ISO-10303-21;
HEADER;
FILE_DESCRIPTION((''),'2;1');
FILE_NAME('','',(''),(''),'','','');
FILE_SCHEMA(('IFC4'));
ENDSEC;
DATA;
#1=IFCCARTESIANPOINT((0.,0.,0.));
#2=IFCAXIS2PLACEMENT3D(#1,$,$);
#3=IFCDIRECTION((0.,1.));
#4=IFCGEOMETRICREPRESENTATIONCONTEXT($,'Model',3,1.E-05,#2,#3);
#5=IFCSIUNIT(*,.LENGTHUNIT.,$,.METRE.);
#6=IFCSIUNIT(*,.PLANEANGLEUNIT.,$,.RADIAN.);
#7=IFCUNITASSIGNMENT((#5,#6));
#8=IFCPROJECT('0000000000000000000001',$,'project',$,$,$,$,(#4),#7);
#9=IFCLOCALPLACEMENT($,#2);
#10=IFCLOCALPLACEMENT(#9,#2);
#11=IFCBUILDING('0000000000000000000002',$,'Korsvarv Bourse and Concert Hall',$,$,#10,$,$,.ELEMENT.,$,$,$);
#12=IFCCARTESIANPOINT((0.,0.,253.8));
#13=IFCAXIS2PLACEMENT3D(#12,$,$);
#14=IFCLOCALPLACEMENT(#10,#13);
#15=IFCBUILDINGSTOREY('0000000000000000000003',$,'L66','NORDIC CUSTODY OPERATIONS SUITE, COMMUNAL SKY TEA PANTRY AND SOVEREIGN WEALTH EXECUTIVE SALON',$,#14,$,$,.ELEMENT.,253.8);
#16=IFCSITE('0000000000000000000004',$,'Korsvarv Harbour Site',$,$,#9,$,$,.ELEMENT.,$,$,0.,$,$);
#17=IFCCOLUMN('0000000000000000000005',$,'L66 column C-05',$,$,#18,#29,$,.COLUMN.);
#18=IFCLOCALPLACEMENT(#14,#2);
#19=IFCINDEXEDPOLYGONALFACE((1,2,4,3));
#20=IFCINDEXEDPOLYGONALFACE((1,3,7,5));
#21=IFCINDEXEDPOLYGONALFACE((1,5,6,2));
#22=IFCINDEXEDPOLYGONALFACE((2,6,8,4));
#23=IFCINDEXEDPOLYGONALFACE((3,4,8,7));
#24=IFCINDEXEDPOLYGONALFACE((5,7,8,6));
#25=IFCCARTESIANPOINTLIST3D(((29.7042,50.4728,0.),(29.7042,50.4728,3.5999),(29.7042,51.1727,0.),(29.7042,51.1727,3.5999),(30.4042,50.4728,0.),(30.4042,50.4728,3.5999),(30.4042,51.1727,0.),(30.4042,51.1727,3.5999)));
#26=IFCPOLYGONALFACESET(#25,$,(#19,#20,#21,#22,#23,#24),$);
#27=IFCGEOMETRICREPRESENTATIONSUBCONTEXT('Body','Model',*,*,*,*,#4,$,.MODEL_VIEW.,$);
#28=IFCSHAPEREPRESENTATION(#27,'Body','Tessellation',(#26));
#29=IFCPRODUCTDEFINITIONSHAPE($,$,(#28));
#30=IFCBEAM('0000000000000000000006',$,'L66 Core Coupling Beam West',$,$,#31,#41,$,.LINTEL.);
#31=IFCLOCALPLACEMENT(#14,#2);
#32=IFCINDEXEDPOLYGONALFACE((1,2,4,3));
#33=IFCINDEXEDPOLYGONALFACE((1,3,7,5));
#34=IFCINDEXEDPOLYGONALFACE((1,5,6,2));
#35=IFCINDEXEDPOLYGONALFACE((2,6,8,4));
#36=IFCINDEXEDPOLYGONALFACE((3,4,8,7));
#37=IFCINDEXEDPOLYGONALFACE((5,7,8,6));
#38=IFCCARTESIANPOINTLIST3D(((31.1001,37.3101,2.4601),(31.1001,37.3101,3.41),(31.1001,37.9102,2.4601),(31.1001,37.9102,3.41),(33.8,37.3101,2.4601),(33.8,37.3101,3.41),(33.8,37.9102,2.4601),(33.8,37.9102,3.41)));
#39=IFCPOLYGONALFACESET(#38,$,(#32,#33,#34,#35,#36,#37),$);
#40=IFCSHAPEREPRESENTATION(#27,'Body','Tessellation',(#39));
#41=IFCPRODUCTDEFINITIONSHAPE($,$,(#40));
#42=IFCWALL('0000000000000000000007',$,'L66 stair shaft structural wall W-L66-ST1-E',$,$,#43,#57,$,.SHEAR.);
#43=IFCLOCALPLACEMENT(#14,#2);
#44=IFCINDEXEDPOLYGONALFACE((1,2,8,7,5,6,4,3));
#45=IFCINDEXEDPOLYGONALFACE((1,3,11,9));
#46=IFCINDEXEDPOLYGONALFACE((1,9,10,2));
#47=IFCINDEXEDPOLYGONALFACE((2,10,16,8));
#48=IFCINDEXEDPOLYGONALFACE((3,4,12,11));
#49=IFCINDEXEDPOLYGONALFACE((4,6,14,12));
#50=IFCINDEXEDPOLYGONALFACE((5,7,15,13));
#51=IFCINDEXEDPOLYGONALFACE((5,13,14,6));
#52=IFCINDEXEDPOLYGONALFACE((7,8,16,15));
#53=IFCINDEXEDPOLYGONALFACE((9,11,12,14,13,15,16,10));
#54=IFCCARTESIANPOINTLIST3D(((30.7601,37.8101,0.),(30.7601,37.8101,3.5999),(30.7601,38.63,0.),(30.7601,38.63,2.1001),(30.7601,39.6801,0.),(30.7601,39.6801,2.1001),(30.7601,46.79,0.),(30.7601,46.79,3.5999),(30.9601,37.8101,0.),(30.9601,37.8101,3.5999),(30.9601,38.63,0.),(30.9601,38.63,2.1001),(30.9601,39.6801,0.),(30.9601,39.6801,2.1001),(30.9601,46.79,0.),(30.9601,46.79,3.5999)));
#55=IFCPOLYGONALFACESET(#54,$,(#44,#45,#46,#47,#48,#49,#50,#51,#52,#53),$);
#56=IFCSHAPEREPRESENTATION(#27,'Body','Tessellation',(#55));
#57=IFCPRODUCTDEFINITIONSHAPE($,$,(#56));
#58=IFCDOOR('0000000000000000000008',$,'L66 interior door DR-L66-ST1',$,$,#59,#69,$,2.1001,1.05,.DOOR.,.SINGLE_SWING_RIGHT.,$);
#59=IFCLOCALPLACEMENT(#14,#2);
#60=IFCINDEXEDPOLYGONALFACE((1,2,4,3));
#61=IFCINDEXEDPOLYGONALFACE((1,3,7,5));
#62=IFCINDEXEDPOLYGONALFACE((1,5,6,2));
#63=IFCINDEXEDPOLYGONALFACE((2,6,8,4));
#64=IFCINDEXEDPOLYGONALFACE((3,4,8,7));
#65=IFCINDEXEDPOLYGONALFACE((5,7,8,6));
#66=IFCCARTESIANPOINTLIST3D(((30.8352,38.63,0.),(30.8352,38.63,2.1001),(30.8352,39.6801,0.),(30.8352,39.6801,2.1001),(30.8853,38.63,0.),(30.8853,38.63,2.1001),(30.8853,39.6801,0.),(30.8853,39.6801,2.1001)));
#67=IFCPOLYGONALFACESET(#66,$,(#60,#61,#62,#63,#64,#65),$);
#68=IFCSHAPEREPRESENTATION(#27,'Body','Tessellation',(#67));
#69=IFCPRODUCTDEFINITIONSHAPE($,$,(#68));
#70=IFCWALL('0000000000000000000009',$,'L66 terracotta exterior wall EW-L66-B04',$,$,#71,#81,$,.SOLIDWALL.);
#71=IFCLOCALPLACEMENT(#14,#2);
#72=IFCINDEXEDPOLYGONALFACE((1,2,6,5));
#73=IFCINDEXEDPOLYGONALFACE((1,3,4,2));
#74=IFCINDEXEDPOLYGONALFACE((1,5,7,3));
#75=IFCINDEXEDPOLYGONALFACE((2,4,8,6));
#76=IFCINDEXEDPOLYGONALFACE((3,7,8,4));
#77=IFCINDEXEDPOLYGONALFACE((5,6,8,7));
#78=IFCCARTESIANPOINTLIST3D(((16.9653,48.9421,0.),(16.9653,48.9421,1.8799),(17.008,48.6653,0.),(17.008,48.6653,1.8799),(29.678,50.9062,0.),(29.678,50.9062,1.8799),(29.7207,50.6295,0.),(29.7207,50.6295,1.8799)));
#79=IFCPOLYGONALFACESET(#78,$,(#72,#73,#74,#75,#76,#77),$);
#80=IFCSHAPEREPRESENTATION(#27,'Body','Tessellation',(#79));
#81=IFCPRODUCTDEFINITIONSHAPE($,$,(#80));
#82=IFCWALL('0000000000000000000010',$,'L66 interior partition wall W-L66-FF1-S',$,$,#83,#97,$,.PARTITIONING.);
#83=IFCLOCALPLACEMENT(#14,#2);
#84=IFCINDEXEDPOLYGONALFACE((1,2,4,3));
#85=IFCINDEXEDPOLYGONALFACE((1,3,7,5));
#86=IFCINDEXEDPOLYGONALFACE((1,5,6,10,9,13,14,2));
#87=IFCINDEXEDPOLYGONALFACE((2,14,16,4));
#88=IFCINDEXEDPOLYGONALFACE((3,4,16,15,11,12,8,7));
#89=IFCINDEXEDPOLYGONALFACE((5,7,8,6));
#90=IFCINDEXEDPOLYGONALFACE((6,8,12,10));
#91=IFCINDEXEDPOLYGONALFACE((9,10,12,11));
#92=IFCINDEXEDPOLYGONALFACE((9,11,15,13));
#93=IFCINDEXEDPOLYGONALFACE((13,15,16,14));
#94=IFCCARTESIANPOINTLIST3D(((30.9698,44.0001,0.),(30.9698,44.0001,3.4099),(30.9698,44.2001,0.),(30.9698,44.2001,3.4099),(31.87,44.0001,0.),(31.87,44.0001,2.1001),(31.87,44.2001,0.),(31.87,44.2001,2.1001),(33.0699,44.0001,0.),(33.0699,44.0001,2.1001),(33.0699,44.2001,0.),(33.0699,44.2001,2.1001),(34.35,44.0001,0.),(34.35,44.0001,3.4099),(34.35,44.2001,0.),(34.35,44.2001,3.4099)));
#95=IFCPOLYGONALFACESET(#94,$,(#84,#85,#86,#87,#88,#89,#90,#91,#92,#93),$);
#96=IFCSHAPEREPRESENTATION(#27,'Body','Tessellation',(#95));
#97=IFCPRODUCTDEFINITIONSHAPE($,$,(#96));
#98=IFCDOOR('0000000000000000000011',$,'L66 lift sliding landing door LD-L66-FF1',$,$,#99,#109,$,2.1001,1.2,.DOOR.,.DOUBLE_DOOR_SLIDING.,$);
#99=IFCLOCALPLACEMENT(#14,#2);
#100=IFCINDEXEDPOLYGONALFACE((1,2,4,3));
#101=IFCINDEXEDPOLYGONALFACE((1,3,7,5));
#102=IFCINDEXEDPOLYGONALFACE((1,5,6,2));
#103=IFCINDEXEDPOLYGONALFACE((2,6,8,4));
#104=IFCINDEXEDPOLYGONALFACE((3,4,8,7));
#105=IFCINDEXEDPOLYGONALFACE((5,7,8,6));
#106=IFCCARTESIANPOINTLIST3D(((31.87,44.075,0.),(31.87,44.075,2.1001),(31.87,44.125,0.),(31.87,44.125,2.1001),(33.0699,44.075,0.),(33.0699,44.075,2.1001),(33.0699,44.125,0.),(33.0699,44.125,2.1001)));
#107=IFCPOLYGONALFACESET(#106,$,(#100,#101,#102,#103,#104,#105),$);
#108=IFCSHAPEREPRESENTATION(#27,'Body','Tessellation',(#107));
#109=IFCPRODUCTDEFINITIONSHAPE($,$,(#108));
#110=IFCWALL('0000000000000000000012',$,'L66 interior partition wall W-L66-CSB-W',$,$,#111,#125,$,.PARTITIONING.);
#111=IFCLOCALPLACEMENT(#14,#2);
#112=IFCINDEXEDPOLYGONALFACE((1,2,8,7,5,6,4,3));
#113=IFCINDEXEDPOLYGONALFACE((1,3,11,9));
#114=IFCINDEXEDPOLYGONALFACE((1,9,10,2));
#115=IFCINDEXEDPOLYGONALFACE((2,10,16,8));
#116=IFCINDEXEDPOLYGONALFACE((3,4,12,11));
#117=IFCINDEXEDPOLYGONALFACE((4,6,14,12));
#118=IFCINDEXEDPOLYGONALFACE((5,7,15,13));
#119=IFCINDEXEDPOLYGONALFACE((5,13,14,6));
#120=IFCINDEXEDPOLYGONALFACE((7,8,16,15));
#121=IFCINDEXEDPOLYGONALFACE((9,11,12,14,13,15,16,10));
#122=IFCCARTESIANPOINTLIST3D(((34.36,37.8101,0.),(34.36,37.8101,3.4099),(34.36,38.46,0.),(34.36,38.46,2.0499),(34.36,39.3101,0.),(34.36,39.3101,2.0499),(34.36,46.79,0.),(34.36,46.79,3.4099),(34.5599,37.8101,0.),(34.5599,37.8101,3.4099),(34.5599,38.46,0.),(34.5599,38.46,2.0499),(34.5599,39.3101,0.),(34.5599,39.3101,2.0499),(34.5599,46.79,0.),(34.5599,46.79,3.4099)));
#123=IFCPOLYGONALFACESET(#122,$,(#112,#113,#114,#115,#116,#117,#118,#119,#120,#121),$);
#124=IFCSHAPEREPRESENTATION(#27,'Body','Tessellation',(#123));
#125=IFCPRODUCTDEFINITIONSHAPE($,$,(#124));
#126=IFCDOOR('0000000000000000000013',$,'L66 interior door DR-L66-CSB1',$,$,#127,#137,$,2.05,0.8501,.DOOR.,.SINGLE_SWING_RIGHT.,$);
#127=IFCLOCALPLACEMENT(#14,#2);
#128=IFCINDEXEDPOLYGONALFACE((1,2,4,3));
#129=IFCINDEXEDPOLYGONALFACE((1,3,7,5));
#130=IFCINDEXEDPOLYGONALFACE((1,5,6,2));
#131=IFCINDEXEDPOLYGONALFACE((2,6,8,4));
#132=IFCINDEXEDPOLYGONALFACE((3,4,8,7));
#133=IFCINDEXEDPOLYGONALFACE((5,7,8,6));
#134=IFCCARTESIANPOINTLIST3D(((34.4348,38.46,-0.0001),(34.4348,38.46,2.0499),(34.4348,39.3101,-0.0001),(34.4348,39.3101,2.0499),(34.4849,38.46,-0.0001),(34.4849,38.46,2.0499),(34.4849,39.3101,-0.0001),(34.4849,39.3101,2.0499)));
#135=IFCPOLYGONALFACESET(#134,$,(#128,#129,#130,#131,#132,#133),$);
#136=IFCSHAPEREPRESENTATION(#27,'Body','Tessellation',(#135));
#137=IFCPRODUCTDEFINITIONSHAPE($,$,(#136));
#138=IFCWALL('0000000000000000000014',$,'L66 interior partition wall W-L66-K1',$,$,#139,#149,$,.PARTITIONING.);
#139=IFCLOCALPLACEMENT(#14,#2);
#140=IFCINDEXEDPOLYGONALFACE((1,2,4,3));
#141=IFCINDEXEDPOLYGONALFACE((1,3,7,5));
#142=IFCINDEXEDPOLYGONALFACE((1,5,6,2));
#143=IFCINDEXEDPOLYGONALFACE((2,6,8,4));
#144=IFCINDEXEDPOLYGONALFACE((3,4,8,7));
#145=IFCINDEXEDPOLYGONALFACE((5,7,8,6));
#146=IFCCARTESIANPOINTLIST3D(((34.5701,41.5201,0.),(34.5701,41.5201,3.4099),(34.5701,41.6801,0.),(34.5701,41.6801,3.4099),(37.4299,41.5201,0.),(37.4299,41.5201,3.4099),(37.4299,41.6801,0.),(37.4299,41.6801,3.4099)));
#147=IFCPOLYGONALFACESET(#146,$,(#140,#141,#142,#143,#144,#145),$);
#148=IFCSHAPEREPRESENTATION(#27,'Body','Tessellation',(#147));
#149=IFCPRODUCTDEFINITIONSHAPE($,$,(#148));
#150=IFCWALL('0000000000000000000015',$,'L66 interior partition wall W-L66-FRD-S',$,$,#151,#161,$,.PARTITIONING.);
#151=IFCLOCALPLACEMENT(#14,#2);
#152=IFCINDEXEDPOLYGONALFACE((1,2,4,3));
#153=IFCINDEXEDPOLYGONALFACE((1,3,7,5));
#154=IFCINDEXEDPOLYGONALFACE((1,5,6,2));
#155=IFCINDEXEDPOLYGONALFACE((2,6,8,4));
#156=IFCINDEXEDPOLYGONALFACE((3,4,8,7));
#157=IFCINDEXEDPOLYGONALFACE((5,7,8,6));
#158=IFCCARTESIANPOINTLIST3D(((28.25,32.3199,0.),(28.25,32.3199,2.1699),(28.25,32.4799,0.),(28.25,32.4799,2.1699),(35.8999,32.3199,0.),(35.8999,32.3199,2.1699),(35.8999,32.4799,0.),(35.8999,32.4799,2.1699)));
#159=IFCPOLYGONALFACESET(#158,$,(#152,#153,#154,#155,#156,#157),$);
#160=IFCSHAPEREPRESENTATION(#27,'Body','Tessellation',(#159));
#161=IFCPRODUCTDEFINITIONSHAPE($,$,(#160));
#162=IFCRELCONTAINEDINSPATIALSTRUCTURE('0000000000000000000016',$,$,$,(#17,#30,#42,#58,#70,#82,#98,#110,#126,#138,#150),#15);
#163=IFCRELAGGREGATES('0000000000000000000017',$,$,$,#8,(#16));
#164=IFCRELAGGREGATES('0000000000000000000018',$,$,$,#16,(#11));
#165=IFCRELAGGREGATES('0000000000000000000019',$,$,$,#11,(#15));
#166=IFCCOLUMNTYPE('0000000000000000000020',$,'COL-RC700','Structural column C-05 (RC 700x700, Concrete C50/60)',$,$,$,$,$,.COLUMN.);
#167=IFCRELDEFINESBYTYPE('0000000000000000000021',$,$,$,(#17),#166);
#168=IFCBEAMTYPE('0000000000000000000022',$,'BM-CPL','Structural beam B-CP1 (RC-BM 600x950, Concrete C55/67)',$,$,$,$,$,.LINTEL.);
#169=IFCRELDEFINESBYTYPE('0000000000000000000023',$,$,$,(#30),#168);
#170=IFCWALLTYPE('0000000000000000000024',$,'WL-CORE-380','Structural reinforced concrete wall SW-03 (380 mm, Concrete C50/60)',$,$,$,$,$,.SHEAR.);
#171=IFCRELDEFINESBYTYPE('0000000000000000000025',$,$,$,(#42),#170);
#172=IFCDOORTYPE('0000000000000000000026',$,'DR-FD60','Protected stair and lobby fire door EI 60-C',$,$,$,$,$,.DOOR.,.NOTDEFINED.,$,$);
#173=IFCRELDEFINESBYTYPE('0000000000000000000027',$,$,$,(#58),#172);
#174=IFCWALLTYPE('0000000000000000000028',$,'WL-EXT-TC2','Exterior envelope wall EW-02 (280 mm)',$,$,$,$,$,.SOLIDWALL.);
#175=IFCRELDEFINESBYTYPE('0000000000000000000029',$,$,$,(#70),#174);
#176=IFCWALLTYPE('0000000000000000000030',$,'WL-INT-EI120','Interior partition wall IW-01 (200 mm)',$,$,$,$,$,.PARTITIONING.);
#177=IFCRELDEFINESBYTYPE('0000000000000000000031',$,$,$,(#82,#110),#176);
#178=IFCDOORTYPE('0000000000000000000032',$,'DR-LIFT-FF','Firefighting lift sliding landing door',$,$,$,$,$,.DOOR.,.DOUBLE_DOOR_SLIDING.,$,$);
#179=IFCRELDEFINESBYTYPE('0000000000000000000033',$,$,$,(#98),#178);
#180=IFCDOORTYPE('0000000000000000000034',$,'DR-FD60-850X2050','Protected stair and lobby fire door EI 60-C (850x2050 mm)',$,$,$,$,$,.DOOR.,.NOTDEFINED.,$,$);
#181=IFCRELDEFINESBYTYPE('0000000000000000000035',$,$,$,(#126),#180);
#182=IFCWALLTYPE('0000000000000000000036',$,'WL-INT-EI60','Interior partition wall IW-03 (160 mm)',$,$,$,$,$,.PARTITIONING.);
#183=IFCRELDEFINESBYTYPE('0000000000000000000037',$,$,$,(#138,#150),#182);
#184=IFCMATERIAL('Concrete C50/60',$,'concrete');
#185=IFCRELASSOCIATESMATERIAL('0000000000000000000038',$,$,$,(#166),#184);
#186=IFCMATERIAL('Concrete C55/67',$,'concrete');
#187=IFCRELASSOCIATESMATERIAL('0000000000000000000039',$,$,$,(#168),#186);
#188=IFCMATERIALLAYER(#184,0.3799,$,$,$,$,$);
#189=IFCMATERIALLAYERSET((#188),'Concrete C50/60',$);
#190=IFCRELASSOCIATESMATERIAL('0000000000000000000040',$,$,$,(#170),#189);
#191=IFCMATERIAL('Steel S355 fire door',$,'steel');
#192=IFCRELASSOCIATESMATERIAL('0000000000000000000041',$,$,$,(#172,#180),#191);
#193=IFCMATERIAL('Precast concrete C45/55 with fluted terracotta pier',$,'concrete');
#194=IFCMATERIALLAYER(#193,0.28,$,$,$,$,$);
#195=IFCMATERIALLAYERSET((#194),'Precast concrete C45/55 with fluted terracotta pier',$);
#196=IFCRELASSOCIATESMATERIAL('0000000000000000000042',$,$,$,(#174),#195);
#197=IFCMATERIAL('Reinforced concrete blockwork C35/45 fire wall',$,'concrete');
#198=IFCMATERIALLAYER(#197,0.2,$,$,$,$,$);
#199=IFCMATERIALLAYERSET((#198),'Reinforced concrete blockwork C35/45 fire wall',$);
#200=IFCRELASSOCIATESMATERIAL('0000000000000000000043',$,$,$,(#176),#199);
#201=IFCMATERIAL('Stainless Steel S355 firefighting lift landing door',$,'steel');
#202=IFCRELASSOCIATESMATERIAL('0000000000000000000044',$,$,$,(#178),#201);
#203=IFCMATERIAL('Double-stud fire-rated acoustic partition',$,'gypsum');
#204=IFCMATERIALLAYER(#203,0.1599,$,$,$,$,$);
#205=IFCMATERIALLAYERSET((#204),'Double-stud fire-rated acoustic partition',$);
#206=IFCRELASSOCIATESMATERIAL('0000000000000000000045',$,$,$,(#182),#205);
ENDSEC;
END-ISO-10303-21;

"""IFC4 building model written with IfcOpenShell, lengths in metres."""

from ifc_helpers import new_model, si_unit, direction, frame, frame_2d, origin, origin_2d, place, context, subcontext, project, spatial, rectangle, extrude, source, transform, mapped, material, layer, layer_set, material_profile, profile_set, type_object, element, fill, save


model = new_model("IFC4")

# Units and contexts
model_context = context("Model", 3, precision=1e-05, world=origin(), true_north=direction((0.0, 1.0)))
body_context = subcontext(model_context, "Body", "Model", "MODEL_VIEW")
ifc_project = project(units=[si_unit("LENGTHUNIT", "METRE"), si_unit("PLANEANGLEUNIT", "RADIAN")], contexts=[model_context])

# Site, building, storey
site_placement = place(None, origin())
site = spatial("IfcSite", under=ifc_project, at=site_placement, Name="Korsvarv Harbour Site", CompositionType="ELEMENT", RefElevation=0.0)
building_placement = place(site_placement, origin())
building = spatial("IfcBuilding", under=site, at=building_placement, Name="Korsvarv Bourse and Concert Hall", CompositionType="ELEMENT")
storey_placement = place(building_placement, frame((0.0, 0.0, 253.8)))
storey = spatial("IfcBuildingStorey", under=building, at=storey_placement, Name="L66", Description="NORDIC CUSTODY OPERATIONS SUITE, COMMUNAL SKY TEA PANTRY AND SOVEREIGN WEALTH EXECUTIVE SALON", CompositionType="ELEMENT", Elevation=253.8)

# Column
ifc_material_1 = material(Name="Concrete C50/60", Category="concrete")
ifc_material_profile_1 = material_profile(ifc_material_1, rectangle(XDim=0.7, YDim=0.7, at=origin_2d()), Name="RC 700x700")
ifc_profile_set_1 = profile_set([ifc_material_profile_1], Name="Concrete C50/60")
column_type = type_object("IfcColumnType", Name="COL-RC700", Description="Structural column C-05 (RC 700x700, Concrete C50/60)", PredefinedType="COLUMN", material=ifc_profile_set_1)
shared_shape_1 = source(origin(), body_context, "Body", "SweptSolid", [
    extrude(rectangle(XDim=0.7, YDim=0.7, at=origin_2d()), origin(), (0.0, 0.0, 1.0), 3.5999),
])
column_placement = place(storey_placement, frame((30.0542, 50.8228, 0.0), z_axis=(0.0, 0.0, 1.0), x_axis=(1.0, 0.0, 0.0)))
element("IfcColumn", 1, at=column_placement, inside=storey, type_object=column_type, Name="L66 column C-05", PredefinedType="COLUMN", context=body_context, shape_type="MappedRepresentation", body=[
    mapped(shared_shape_1, transform((0.0, 0.0, 0.0), scale=1.0)),
])

# Beam
ifc_material_2 = material(Name="Concrete C55/67", Category="concrete")
ifc_material_profile_2 = material_profile(ifc_material_2, rectangle(XDim=0.6001, YDim=0.95, at=origin_2d()), Name="RC-BM 600x950")
ifc_profile_set_2 = profile_set([ifc_material_profile_2], Name="Concrete C55/67")
beam_type = type_object("IfcBeamType", Name="BM-CPL", Description="Structural beam B-CP1 (RC-BM 600x950, Concrete C55/67)", PredefinedType="LINTEL", material=ifc_profile_set_2)
shared_shape_2 = source(origin(), body_context, "Body", "SweptSolid", [
    extrude(rectangle(XDim=0.6001, YDim=0.95, at=origin_2d()), origin(), (0.0, 0.0, 1.0), 2.7),
])
beam_placement = place(storey_placement, frame((31.1001, 37.6101, 2.9351), z_axis=(1.0, 0.0, 0.0), x_axis=(0.0, 1.0, 0.0)))
element("IfcBeam", 2, at=beam_placement, inside=storey, type_object=beam_type, Name="L66 Core Coupling Beam West", PredefinedType="LINTEL", context=body_context, shape_type="MappedRepresentation", body=[
    mapped(shared_shape_2, transform((0.0, 0.0, 0.0), scale=1.0)),
])

# Wall, opening, door
ifc_layer_1 = layer(ifc_material_1, 0.3799)
ifc_layer_set_1 = layer_set([ifc_layer_1], Name="Concrete C50/60")
wall_type_1 = type_object("IfcWallType", Name="WL-CORE-380", Description="Structural reinforced concrete wall SW-03 (380 mm, Concrete C50/60)", PredefinedType="SHEAR", material=ifc_layer_set_1)
wall_1_placement = place(storey_placement, frame((30.8601, 37.8101, 0.0), z_axis=(0.0, 0.0, 1.0), x_axis=(0.0, 1.0, 0.0)))
wall_1 = element("IfcWall", 3, at=wall_1_placement, inside=storey, type_object=wall_type_1, Name="L66 stair shaft structural wall W-L66-ST1-E", PredefinedType="SHEAR", context=body_context, shape_type="SweptSolid", body=[
    extrude(rectangle(XDim=8.98, YDim=0.2, at=frame_2d((4.49, 0.0))), origin(), (0.0, 0.0, 1.0), 3.5999),
])
opening_1_placement = place(wall_1_placement, frame((0.8201, 0.0, 0.0)))
opening_1 = element("IfcOpeningElement", 4, at=opening_1_placement, cuts=wall_1, PredefinedType="OPENING", context=body_context, shape_type="SweptSolid", body=[
    extrude(rectangle(XDim=1.05, YDim=2.1001, at=frame_2d((0.5249, 1.05))), frame((0.0, 0.1099, 0.0), z_axis=(0.0, -1.0, 0.0), x_axis=(1.0, 0.0, 0.0)), (0.0, 0.0, 1.0), 0.22),
])
ifc_material_3 = material(Name="Steel S355 fire door", Category="steel")
door_type_1 = type_object("IfcDoorType", Name="DR-FD60", Description="Protected stair and lobby fire door EI 60-C", OperationType="NOTDEFINED", PredefinedType="DOOR", material=ifc_material_3)
door_1_placement = place(opening_1_placement, origin())
door_1 = element("IfcDoor", 5, at=door_1_placement, inside=storey, type_object=door_type_1, Name="L66 interior door DR-L66-ST1", OperationType="SINGLE_SWING_RIGHT", OverallHeight=2.1001, OverallWidth=1.05, PredefinedType="DOOR", context=body_context, shape_type="SweptSolid", body=[
    extrude(rectangle(XDim=1.05, YDim=2.1001, at=frame_2d((0.5249, 1.05))), frame((0.0, 0.0249, 0.0), z_axis=(0.0, -1.0, 0.0), x_axis=(1.0, 0.0, 0.0)), (0.0, 0.0, 1.0), 0.05),
])
fill(opening_1, door_1)

# Wall
ifc_material_4 = material(Name="Precast concrete C45/55 with fluted terracotta pier", Category="concrete")
ifc_layer_2 = layer(ifc_material_4, 0.28)
ifc_layer_set_2 = layer_set([ifc_layer_2], Name="Precast concrete C45/55 with fluted terracotta pier")
wall_type_2 = type_object("IfcWallType", Name="WL-EXT-TC2", Description="Exterior envelope wall EW-02 (280 mm)", PredefinedType="SOLIDWALL", material=ifc_layer_set_2)
wall_2_placement = place(storey_placement, frame((29.6992, 50.7678, 0.0), z_axis=(0.0, 0.0, 1.0), x_axis=(-0.988274, -0.152689, 0.0)))
element("IfcWall", 6, at=wall_2_placement, inside=storey, type_object=wall_type_2, Name="L66 terracotta exterior wall EW-L66-B04", PredefinedType="SOLIDWALL", context=body_context, shape_type="SweptSolid", body=[
    extrude(rectangle(XDim=12.8635, YDim=0.28, at=frame_2d((6.4316, 0.0))), origin(), (0.0, 0.0, 1.0), 1.8799),
])

# Walls, openings, doors
ifc_material_5 = material(Name="Reinforced concrete blockwork C35/45 fire wall", Category="concrete")
ifc_layer_3 = layer(ifc_material_5, 0.2)
ifc_layer_set_3 = layer_set([ifc_layer_3], Name="Reinforced concrete blockwork C35/45 fire wall")
wall_type_3 = type_object("IfcWallType", Name="WL-INT-EI120", Description="Interior partition wall IW-01 (200 mm)", PredefinedType="PARTITIONING", material=ifc_layer_set_3)
wall_3_placement = place(storey_placement, frame((30.97, 44.1001, 0.0), z_axis=(0.0, 0.0, 1.0), x_axis=(1.0, 0.0, 0.0)))
wall_3 = element("IfcWall", 7, at=wall_3_placement, inside=storey, type_object=wall_type_3, Name="L66 interior partition wall W-L66-FF1-S", PredefinedType="PARTITIONING", context=body_context, shape_type="SweptSolid", body=[
    extrude(rectangle(XDim=3.3801, YDim=0.2, at=frame_2d((1.6899, 0.0))), origin(), (0.0, 0.0, 1.0), 3.4099),
])
opening_2_placement = place(wall_3_placement, frame((0.8999, 0.0, 0.0)))
opening_2 = element("IfcOpeningElement", 8, at=opening_2_placement, cuts=wall_3, PredefinedType="OPENING", context=body_context, shape_type="SweptSolid", body=[
    extrude(rectangle(XDim=1.2, YDim=2.1001, at=frame_2d((0.6001, 1.05))), frame((0.0, 0.1099, 0.0), z_axis=(0.0, -1.0, 0.0), x_axis=(1.0, 0.0, 0.0)), (0.0, 0.0, 1.0), 0.22),
])
ifc_material_6 = material(Name="Stainless Steel S355 firefighting lift landing door", Category="steel")
door_type_2 = type_object("IfcDoorType", Name="DR-LIFT-FF", Description="Firefighting lift sliding landing door", OperationType="DOUBLE_DOOR_SLIDING", PredefinedType="DOOR", material=ifc_material_6)
door_2_placement = place(opening_2_placement, origin())
door_2 = element("IfcDoor", 9, at=door_2_placement, inside=storey, type_object=door_type_2, Name="L66 lift sliding landing door LD-L66-FF1", OperationType="DOUBLE_DOOR_SLIDING", OverallHeight=2.1001, OverallWidth=1.2, PredefinedType="DOOR", context=body_context, shape_type="SweptSolid", body=[
    extrude(rectangle(XDim=1.2, YDim=2.1001, at=frame_2d((0.6001, 1.05))), frame((0.0, 0.0249, 0.0), z_axis=(0.0, -1.0, 0.0), x_axis=(1.0, 0.0, 0.0)), (0.0, 0.0, 1.0), 0.05),
])
fill(opening_2, door_2)
wall_4_placement = place(storey_placement, frame((34.46, 37.8101, 0.0), z_axis=(0.0, 0.0, 1.0), x_axis=(0.0, 1.0, 0.0)))
wall_4 = element("IfcWall", 10, at=wall_4_placement, inside=storey, type_object=wall_type_3, Name="L66 interior partition wall W-L66-CSB-W", PredefinedType="PARTITIONING", context=body_context, shape_type="SweptSolid", body=[
    extrude(rectangle(XDim=8.98, YDim=0.2, at=frame_2d((4.49, 0.0))), origin(), (0.0, 0.0, 1.0), 3.4099),
])
opening_3_placement = place(wall_4_placement, frame((0.6499, 0.0, 0.0)))
opening_3 = element("IfcOpeningElement", 11, at=opening_3_placement, cuts=wall_4, PredefinedType="OPENING", context=body_context, shape_type="SweptSolid", body=[
    extrude(rectangle(XDim=0.8501, YDim=2.05, at=frame_2d((0.425, 1.0249))), frame((0.0, 0.1099, 0.0), z_axis=(0.0, -1.0, 0.0), x_axis=(1.0, 0.0, 0.0)), (0.0, 0.0, 1.0), 0.22),
])
door_type_3 = type_object("IfcDoorType", Name="DR-FD60-850X2050", Description="Protected stair and lobby fire door EI 60-C (850x2050 mm)", OperationType="NOTDEFINED", PredefinedType="DOOR", material=ifc_material_3)
door_3_placement = place(opening_3_placement, frame((0.8501, 0.0, 0.0), z_axis=(0.0, 0.0, 1.0), x_axis=(-1.0, 0.0, 0.0)))
door_3 = element("IfcDoor", 12, at=door_3_placement, inside=storey, type_object=door_type_3, Name="L66 interior door DR-L66-CSB1", OperationType="SINGLE_SWING_RIGHT", OverallHeight=2.05, OverallWidth=0.8501, PredefinedType="DOOR", context=body_context, shape_type="SweptSolid", body=[
    extrude(rectangle(XDim=0.8501, YDim=2.05, at=frame_2d((0.425, 1.0249))), frame((0.0, 0.0249, 0.0), z_axis=(0.0, -1.0, 0.0), x_axis=(1.0, 0.0, 0.0)), (0.0, 0.0, 1.0), 0.05),
])
fill(opening_3, door_3)

# Walls
ifc_material_7 = material(Name="Double-stud fire-rated acoustic partition", Category="gypsum")
ifc_layer_4 = layer(ifc_material_7, 0.1599)
ifc_layer_set_4 = layer_set([ifc_layer_4], Name="Double-stud fire-rated acoustic partition")
wall_type_4 = type_object("IfcWallType", Name="WL-INT-EI60", Description="Interior partition wall IW-03 (160 mm)", PredefinedType="PARTITIONING", material=ifc_layer_set_4)
wall_5_placement = place(storey_placement, frame((34.5701, 41.6001, 0.0), z_axis=(0.0, 0.0, 1.0), x_axis=(1.0, 0.0, 0.0)))
element("IfcWall", 13, at=wall_5_placement, inside=storey, type_object=wall_type_4, Name="L66 interior partition wall W-L66-K1", PredefinedType="PARTITIONING", context=body_context, shape_type="SweptSolid", body=[
    extrude(rectangle(XDim=2.8599, YDim=0.1599, at=frame_2d((1.4299, 0.0))), origin(), (0.0, 0.0, 1.0), 3.4099),
])
wall_6_placement = place(storey_placement, frame((28.25, 32.3999, 0.0), z_axis=(0.0, 0.0, 1.0), x_axis=(1.0, 0.0, 0.0)))
element("IfcWall", 14, at=wall_6_placement, inside=storey, type_object=wall_type_4, Name="L66 interior partition wall W-L66-FRD-S", PredefinedType="PARTITIONING", context=body_context, shape_type="SweptSolid", body=[
    extrude(rectangle(XDim=7.6499, YDim=0.1599, at=frame_2d((3.825, 0.0))), origin(), (0.0, 0.0, 1.0), 2.1699),
])

save(model, "model.ifc")
